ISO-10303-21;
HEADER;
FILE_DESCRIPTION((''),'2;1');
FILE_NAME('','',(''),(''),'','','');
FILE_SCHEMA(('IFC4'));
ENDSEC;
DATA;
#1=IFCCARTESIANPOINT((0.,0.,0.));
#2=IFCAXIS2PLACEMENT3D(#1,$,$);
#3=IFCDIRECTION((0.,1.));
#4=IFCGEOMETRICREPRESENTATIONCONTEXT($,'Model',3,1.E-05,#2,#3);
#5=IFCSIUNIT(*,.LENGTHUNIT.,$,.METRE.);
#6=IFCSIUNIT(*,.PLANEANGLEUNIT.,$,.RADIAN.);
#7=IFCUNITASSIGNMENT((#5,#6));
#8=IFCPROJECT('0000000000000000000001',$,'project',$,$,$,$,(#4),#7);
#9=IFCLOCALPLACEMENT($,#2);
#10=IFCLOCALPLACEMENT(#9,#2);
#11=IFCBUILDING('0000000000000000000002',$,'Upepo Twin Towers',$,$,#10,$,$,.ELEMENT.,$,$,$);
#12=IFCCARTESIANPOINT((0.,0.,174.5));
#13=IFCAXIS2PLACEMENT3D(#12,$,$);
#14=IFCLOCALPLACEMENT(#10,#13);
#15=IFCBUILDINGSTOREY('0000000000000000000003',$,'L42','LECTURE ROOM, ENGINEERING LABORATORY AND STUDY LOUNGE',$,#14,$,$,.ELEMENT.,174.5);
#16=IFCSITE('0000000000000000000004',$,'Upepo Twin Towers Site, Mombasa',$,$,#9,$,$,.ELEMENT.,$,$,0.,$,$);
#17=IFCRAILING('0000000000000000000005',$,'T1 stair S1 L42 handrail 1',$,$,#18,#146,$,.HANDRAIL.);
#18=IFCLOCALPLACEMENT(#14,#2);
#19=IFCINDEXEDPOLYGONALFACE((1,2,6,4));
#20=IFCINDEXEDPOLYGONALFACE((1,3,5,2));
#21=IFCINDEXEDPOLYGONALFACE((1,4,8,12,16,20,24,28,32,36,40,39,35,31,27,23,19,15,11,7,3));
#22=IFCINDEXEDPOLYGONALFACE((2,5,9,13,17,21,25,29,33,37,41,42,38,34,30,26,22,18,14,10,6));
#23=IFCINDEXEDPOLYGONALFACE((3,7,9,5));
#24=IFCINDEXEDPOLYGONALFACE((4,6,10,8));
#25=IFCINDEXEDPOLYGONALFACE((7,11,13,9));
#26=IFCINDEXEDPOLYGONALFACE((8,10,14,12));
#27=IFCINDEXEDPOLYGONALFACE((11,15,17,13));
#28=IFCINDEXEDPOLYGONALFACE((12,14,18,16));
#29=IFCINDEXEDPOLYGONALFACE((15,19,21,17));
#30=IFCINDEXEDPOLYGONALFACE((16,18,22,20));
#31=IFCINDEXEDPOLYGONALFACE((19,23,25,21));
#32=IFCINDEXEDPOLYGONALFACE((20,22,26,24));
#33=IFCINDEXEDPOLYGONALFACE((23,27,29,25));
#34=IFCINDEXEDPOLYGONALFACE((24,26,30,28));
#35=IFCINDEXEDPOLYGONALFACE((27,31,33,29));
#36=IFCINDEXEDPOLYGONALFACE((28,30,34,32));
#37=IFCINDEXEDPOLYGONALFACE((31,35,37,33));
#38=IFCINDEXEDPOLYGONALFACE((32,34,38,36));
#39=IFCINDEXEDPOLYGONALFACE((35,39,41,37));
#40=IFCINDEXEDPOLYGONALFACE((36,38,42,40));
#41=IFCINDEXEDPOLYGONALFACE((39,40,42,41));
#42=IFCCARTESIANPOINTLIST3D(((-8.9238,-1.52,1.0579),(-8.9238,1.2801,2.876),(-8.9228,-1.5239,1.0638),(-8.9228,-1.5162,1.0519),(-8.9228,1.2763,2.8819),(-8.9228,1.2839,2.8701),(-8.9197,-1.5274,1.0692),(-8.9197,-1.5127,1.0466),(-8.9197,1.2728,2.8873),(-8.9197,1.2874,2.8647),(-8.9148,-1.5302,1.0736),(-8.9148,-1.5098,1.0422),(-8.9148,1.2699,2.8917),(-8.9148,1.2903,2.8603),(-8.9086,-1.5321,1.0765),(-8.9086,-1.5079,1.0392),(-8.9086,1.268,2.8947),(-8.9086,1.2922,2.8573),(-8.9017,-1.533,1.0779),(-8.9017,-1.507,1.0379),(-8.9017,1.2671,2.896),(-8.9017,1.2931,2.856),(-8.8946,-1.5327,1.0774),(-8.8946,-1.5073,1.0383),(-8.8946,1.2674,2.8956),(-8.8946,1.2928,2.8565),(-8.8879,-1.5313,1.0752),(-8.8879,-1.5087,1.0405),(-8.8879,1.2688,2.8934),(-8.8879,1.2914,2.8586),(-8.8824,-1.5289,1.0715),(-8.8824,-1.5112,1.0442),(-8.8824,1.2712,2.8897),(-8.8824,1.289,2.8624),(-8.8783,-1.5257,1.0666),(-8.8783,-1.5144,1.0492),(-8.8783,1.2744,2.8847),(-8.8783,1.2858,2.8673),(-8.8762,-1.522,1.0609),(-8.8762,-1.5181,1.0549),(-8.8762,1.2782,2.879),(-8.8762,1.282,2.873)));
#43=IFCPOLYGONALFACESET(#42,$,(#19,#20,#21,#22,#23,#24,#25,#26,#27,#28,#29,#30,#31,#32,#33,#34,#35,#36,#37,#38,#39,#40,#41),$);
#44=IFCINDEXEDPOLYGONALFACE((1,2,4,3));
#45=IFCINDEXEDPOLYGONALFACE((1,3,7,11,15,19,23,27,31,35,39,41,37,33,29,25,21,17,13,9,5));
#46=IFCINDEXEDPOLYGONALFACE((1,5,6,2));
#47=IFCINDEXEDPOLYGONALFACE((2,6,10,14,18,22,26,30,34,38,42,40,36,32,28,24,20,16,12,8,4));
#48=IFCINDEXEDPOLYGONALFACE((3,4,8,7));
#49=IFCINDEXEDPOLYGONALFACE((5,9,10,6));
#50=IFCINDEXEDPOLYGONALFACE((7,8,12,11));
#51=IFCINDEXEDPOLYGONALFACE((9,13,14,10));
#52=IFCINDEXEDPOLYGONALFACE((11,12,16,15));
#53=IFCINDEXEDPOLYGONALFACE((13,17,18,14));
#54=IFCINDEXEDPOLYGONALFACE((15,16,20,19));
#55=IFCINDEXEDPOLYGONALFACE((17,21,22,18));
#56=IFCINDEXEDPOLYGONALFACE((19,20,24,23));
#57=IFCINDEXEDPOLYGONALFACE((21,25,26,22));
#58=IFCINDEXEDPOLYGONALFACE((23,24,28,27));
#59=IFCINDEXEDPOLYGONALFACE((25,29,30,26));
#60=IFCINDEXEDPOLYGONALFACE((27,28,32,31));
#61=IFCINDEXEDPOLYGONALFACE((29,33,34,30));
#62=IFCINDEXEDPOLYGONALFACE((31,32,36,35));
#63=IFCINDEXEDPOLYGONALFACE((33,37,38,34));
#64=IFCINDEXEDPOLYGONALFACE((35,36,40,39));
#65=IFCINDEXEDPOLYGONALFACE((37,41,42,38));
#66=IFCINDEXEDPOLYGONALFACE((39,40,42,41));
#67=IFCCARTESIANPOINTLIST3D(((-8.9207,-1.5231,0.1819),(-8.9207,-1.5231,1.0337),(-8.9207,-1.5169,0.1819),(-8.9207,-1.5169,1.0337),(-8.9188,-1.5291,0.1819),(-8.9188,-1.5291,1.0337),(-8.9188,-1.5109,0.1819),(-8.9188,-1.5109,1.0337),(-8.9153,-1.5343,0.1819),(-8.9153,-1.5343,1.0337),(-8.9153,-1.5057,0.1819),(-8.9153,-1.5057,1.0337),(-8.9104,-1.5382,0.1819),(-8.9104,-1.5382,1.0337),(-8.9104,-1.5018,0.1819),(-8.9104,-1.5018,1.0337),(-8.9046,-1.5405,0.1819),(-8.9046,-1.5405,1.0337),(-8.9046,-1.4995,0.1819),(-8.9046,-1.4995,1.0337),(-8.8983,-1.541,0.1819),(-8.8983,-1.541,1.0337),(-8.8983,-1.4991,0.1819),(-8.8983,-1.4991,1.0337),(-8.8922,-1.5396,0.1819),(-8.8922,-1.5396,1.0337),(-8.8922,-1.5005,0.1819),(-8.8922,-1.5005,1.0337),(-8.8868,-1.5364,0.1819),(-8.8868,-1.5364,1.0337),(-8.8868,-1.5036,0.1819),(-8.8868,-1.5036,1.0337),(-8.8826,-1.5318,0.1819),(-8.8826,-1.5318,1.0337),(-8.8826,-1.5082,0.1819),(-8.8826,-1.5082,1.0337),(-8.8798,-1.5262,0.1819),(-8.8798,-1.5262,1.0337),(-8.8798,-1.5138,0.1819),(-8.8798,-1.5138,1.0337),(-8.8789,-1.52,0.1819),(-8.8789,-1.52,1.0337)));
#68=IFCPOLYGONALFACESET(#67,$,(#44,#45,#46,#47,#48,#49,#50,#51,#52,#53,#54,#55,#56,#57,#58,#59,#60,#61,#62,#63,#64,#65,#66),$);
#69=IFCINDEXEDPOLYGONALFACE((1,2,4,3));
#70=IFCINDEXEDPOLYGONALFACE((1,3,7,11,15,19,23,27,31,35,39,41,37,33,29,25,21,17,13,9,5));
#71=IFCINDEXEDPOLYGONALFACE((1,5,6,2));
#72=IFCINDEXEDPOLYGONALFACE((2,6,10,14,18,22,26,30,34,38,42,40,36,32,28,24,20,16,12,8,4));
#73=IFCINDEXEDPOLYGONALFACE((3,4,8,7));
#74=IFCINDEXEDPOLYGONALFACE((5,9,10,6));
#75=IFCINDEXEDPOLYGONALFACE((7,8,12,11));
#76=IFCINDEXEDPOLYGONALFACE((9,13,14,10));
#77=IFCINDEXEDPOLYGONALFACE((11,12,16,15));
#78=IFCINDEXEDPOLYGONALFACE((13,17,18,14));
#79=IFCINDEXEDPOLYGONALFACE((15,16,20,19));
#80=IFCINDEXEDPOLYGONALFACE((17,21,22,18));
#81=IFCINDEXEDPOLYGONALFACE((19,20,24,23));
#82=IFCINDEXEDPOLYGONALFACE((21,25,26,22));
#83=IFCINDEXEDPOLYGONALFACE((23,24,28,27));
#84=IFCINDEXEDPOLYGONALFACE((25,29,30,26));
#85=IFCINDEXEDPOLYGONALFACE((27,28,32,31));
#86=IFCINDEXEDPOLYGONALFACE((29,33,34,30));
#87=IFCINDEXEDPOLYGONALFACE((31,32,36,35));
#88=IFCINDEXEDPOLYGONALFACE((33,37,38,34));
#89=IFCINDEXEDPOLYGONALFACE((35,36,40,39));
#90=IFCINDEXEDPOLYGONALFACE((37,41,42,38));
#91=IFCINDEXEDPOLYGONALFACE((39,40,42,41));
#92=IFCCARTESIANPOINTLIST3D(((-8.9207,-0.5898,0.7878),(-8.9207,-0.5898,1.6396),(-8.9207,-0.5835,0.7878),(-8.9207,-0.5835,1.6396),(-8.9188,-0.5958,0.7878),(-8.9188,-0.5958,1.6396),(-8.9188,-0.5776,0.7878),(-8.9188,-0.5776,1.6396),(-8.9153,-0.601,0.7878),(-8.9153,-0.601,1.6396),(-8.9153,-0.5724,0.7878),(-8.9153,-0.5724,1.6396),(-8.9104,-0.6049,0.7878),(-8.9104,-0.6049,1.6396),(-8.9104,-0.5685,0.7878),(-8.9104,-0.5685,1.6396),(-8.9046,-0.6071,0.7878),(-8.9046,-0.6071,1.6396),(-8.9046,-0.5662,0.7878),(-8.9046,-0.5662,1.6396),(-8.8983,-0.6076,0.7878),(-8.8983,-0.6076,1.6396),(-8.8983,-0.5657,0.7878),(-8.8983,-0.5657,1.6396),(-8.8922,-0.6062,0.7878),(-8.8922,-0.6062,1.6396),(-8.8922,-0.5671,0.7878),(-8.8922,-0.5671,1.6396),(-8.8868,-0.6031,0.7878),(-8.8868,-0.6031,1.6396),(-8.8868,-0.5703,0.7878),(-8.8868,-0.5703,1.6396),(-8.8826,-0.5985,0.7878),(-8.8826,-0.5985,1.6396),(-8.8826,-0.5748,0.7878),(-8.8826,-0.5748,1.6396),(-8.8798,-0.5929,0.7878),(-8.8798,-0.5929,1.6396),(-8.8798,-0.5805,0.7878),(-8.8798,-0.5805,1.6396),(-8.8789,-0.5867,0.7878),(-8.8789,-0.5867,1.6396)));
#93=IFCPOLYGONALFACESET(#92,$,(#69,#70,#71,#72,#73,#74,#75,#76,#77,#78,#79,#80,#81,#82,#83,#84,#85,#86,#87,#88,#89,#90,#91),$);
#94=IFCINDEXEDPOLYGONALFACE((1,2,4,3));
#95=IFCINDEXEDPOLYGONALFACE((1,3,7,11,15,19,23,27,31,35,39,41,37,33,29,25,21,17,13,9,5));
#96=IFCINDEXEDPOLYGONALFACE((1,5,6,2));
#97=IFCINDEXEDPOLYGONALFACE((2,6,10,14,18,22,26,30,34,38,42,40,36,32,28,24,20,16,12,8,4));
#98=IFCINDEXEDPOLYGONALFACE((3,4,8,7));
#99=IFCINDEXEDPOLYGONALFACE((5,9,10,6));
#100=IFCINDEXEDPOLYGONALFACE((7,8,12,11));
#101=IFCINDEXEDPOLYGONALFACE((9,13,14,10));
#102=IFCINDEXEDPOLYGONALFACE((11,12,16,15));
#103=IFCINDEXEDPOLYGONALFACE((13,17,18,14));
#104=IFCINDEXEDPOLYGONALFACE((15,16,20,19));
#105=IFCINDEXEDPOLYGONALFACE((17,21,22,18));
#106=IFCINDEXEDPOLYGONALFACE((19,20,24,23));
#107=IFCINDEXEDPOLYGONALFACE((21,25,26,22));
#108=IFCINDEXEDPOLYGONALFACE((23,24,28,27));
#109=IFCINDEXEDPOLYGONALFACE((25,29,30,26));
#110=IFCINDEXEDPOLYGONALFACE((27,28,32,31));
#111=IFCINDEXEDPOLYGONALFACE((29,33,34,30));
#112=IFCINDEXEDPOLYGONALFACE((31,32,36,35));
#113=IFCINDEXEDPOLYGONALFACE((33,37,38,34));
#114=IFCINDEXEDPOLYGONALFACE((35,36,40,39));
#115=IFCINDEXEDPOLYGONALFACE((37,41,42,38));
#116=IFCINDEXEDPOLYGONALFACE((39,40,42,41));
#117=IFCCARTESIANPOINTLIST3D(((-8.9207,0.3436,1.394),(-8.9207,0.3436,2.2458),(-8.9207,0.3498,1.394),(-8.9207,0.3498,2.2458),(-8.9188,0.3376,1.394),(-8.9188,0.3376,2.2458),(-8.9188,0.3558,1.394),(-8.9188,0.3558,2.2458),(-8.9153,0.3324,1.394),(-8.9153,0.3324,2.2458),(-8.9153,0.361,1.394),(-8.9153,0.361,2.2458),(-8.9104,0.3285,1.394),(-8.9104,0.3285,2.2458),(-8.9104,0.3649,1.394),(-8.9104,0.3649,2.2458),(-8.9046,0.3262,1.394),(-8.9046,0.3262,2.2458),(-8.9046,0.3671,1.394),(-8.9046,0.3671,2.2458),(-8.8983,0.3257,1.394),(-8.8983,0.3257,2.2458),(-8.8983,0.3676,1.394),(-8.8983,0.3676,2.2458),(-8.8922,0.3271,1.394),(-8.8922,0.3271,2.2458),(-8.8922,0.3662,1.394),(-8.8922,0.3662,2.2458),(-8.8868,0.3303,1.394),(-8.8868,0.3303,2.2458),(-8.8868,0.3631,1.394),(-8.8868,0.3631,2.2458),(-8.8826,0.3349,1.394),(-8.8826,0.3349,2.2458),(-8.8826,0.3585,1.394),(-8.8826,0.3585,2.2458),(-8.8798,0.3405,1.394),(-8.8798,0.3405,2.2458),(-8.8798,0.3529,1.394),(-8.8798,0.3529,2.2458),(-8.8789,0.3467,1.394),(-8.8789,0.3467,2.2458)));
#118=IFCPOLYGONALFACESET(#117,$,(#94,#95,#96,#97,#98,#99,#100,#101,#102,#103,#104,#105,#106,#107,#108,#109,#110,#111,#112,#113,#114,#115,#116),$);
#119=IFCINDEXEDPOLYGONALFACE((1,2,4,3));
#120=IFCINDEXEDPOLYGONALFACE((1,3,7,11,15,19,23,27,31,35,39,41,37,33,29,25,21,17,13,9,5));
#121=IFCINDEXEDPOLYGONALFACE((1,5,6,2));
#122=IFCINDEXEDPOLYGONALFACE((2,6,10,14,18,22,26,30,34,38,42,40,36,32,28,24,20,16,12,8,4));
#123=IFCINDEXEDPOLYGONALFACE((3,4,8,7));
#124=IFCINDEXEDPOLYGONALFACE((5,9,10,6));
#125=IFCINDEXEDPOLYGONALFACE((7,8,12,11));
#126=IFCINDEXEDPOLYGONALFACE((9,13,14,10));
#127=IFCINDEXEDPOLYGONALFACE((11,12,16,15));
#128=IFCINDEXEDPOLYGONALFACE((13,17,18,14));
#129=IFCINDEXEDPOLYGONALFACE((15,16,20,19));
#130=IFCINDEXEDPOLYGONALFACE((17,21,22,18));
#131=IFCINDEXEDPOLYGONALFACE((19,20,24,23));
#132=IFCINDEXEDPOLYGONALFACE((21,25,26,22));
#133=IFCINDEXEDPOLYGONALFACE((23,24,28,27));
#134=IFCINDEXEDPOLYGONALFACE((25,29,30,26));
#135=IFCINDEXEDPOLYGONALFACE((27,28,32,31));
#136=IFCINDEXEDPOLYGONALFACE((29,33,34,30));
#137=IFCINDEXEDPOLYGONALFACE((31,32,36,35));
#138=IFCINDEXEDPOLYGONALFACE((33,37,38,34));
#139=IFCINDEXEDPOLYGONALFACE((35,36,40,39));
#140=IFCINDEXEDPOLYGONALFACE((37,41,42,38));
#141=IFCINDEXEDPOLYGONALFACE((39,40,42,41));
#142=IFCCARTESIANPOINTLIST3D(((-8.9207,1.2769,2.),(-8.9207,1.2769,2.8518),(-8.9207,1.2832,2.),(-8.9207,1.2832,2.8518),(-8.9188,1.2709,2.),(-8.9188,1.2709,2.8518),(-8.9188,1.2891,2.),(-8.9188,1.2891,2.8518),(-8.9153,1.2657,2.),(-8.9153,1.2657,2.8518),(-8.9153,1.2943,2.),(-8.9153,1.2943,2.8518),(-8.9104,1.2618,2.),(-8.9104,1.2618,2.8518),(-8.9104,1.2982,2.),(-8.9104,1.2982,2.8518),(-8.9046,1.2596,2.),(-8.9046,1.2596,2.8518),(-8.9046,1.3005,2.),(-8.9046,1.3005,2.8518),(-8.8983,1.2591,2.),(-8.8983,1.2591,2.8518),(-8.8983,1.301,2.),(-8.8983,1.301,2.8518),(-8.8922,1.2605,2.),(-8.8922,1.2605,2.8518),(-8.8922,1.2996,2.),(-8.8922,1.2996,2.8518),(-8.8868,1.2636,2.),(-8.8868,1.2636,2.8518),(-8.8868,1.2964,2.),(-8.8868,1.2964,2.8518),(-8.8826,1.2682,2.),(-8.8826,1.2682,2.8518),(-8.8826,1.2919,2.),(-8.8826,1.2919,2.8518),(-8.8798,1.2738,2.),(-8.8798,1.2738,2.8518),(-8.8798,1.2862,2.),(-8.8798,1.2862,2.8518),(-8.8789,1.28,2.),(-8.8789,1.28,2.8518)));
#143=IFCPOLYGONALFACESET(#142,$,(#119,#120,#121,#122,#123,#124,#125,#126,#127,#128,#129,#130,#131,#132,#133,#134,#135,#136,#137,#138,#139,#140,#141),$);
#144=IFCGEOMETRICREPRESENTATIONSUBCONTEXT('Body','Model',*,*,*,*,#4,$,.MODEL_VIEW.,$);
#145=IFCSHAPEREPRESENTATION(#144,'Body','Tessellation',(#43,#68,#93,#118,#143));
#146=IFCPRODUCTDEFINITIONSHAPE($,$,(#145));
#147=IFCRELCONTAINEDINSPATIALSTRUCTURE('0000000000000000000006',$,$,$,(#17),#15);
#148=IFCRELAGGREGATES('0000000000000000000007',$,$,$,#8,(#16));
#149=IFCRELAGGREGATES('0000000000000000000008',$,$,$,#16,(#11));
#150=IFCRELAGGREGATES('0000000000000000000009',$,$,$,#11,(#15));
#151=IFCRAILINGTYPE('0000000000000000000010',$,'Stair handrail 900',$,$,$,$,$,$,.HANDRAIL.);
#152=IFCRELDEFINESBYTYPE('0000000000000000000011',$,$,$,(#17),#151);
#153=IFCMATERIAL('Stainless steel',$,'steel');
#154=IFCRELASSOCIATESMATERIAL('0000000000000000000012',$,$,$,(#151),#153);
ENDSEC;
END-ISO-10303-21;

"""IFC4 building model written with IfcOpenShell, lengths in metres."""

from ifc_helpers import new_model, si_unit, direction, frame, origin, origin_2d, place, context, subcontext, project, spatial, circle, extrude, material, type_object, element, save


model = new_model("IFC4")

# Units and contexts
model_context = context("Model", 3, precision=1e-05, world=origin(), true_north=direction((0.0, 1.0)))
body_context = subcontext(model_context, "Body", "Model", "MODEL_VIEW")
ifc_project = project(units=[si_unit("LENGTHUNIT", "METRE"), si_unit("PLANEANGLEUNIT", "RADIAN")], contexts=[model_context])

# Site, building, storey
site_placement = place(None, origin())
site = spatial("IfcSite", under=ifc_project, at=site_placement, Name="Upepo Twin Towers Site, Mombasa", CompositionType="ELEMENT", RefElevation=0.0)
building_placement = place(site_placement, origin())
building = spatial("IfcBuilding", under=site, at=building_placement, Name="Upepo Twin Towers", CompositionType="ELEMENT")
storey_placement = place(building_placement, frame((0.0, 0.0, 174.5)))
storey = spatial("IfcBuildingStorey", under=building, at=storey_placement, Name="L42", Description="LECTURE ROOM, ENGINEERING LABORATORY AND STUDY LOUNGE", CompositionType="ELEMENT", Elevation=174.5)

# Railing
ifc_material_1 = material(Name="Stainless steel", Category="steel")
railing_type = type_object("IfcRailingType", Name="Stair handrail 900", PredefinedType="HANDRAIL", material=ifc_material_1)
railing_1_placement = place(storey_placement, frame((-8.8999, -1.52, 0.1819)))
element("IfcRailing", 1, at=railing_1_placement, inside=storey, type_object=railing_type, Name="T1 stair S1 L42 handrail 1", PredefinedType="HANDRAIL", context=body_context, shape_type="SweptSolid", body=[
    extrude(circle(Radius=0.0239, at=origin_2d()), frame((0.0, 0.0, 0.876), z_axis=(0.0, 0.838706, 0.544585), x_axis=(-1.0, 0.0, 0.0)), (0.0, 0.0, 1.0), 3.3386),
    extrude(circle(Radius=0.021, at=origin_2d()), origin(), (0.0, 0.0, 1.0), 0.8518),
    extrude(circle(Radius=0.021, at=origin_2d()), frame((0.0, 0.9333, 0.606)), (0.0, 0.0, 1.0), 0.8518),
    extrude(circle(Radius=0.021, at=origin_2d()), frame((0.0, 1.8667, 1.2122)), (0.0, 0.0, 1.0), 0.8518),
    extrude(circle(Radius=0.021, at=origin_2d()), frame((0.0, 2.8, 1.8181)), (0.0, 0.0, 1.0), 0.8518),
])

save(model, "model.ifc")
